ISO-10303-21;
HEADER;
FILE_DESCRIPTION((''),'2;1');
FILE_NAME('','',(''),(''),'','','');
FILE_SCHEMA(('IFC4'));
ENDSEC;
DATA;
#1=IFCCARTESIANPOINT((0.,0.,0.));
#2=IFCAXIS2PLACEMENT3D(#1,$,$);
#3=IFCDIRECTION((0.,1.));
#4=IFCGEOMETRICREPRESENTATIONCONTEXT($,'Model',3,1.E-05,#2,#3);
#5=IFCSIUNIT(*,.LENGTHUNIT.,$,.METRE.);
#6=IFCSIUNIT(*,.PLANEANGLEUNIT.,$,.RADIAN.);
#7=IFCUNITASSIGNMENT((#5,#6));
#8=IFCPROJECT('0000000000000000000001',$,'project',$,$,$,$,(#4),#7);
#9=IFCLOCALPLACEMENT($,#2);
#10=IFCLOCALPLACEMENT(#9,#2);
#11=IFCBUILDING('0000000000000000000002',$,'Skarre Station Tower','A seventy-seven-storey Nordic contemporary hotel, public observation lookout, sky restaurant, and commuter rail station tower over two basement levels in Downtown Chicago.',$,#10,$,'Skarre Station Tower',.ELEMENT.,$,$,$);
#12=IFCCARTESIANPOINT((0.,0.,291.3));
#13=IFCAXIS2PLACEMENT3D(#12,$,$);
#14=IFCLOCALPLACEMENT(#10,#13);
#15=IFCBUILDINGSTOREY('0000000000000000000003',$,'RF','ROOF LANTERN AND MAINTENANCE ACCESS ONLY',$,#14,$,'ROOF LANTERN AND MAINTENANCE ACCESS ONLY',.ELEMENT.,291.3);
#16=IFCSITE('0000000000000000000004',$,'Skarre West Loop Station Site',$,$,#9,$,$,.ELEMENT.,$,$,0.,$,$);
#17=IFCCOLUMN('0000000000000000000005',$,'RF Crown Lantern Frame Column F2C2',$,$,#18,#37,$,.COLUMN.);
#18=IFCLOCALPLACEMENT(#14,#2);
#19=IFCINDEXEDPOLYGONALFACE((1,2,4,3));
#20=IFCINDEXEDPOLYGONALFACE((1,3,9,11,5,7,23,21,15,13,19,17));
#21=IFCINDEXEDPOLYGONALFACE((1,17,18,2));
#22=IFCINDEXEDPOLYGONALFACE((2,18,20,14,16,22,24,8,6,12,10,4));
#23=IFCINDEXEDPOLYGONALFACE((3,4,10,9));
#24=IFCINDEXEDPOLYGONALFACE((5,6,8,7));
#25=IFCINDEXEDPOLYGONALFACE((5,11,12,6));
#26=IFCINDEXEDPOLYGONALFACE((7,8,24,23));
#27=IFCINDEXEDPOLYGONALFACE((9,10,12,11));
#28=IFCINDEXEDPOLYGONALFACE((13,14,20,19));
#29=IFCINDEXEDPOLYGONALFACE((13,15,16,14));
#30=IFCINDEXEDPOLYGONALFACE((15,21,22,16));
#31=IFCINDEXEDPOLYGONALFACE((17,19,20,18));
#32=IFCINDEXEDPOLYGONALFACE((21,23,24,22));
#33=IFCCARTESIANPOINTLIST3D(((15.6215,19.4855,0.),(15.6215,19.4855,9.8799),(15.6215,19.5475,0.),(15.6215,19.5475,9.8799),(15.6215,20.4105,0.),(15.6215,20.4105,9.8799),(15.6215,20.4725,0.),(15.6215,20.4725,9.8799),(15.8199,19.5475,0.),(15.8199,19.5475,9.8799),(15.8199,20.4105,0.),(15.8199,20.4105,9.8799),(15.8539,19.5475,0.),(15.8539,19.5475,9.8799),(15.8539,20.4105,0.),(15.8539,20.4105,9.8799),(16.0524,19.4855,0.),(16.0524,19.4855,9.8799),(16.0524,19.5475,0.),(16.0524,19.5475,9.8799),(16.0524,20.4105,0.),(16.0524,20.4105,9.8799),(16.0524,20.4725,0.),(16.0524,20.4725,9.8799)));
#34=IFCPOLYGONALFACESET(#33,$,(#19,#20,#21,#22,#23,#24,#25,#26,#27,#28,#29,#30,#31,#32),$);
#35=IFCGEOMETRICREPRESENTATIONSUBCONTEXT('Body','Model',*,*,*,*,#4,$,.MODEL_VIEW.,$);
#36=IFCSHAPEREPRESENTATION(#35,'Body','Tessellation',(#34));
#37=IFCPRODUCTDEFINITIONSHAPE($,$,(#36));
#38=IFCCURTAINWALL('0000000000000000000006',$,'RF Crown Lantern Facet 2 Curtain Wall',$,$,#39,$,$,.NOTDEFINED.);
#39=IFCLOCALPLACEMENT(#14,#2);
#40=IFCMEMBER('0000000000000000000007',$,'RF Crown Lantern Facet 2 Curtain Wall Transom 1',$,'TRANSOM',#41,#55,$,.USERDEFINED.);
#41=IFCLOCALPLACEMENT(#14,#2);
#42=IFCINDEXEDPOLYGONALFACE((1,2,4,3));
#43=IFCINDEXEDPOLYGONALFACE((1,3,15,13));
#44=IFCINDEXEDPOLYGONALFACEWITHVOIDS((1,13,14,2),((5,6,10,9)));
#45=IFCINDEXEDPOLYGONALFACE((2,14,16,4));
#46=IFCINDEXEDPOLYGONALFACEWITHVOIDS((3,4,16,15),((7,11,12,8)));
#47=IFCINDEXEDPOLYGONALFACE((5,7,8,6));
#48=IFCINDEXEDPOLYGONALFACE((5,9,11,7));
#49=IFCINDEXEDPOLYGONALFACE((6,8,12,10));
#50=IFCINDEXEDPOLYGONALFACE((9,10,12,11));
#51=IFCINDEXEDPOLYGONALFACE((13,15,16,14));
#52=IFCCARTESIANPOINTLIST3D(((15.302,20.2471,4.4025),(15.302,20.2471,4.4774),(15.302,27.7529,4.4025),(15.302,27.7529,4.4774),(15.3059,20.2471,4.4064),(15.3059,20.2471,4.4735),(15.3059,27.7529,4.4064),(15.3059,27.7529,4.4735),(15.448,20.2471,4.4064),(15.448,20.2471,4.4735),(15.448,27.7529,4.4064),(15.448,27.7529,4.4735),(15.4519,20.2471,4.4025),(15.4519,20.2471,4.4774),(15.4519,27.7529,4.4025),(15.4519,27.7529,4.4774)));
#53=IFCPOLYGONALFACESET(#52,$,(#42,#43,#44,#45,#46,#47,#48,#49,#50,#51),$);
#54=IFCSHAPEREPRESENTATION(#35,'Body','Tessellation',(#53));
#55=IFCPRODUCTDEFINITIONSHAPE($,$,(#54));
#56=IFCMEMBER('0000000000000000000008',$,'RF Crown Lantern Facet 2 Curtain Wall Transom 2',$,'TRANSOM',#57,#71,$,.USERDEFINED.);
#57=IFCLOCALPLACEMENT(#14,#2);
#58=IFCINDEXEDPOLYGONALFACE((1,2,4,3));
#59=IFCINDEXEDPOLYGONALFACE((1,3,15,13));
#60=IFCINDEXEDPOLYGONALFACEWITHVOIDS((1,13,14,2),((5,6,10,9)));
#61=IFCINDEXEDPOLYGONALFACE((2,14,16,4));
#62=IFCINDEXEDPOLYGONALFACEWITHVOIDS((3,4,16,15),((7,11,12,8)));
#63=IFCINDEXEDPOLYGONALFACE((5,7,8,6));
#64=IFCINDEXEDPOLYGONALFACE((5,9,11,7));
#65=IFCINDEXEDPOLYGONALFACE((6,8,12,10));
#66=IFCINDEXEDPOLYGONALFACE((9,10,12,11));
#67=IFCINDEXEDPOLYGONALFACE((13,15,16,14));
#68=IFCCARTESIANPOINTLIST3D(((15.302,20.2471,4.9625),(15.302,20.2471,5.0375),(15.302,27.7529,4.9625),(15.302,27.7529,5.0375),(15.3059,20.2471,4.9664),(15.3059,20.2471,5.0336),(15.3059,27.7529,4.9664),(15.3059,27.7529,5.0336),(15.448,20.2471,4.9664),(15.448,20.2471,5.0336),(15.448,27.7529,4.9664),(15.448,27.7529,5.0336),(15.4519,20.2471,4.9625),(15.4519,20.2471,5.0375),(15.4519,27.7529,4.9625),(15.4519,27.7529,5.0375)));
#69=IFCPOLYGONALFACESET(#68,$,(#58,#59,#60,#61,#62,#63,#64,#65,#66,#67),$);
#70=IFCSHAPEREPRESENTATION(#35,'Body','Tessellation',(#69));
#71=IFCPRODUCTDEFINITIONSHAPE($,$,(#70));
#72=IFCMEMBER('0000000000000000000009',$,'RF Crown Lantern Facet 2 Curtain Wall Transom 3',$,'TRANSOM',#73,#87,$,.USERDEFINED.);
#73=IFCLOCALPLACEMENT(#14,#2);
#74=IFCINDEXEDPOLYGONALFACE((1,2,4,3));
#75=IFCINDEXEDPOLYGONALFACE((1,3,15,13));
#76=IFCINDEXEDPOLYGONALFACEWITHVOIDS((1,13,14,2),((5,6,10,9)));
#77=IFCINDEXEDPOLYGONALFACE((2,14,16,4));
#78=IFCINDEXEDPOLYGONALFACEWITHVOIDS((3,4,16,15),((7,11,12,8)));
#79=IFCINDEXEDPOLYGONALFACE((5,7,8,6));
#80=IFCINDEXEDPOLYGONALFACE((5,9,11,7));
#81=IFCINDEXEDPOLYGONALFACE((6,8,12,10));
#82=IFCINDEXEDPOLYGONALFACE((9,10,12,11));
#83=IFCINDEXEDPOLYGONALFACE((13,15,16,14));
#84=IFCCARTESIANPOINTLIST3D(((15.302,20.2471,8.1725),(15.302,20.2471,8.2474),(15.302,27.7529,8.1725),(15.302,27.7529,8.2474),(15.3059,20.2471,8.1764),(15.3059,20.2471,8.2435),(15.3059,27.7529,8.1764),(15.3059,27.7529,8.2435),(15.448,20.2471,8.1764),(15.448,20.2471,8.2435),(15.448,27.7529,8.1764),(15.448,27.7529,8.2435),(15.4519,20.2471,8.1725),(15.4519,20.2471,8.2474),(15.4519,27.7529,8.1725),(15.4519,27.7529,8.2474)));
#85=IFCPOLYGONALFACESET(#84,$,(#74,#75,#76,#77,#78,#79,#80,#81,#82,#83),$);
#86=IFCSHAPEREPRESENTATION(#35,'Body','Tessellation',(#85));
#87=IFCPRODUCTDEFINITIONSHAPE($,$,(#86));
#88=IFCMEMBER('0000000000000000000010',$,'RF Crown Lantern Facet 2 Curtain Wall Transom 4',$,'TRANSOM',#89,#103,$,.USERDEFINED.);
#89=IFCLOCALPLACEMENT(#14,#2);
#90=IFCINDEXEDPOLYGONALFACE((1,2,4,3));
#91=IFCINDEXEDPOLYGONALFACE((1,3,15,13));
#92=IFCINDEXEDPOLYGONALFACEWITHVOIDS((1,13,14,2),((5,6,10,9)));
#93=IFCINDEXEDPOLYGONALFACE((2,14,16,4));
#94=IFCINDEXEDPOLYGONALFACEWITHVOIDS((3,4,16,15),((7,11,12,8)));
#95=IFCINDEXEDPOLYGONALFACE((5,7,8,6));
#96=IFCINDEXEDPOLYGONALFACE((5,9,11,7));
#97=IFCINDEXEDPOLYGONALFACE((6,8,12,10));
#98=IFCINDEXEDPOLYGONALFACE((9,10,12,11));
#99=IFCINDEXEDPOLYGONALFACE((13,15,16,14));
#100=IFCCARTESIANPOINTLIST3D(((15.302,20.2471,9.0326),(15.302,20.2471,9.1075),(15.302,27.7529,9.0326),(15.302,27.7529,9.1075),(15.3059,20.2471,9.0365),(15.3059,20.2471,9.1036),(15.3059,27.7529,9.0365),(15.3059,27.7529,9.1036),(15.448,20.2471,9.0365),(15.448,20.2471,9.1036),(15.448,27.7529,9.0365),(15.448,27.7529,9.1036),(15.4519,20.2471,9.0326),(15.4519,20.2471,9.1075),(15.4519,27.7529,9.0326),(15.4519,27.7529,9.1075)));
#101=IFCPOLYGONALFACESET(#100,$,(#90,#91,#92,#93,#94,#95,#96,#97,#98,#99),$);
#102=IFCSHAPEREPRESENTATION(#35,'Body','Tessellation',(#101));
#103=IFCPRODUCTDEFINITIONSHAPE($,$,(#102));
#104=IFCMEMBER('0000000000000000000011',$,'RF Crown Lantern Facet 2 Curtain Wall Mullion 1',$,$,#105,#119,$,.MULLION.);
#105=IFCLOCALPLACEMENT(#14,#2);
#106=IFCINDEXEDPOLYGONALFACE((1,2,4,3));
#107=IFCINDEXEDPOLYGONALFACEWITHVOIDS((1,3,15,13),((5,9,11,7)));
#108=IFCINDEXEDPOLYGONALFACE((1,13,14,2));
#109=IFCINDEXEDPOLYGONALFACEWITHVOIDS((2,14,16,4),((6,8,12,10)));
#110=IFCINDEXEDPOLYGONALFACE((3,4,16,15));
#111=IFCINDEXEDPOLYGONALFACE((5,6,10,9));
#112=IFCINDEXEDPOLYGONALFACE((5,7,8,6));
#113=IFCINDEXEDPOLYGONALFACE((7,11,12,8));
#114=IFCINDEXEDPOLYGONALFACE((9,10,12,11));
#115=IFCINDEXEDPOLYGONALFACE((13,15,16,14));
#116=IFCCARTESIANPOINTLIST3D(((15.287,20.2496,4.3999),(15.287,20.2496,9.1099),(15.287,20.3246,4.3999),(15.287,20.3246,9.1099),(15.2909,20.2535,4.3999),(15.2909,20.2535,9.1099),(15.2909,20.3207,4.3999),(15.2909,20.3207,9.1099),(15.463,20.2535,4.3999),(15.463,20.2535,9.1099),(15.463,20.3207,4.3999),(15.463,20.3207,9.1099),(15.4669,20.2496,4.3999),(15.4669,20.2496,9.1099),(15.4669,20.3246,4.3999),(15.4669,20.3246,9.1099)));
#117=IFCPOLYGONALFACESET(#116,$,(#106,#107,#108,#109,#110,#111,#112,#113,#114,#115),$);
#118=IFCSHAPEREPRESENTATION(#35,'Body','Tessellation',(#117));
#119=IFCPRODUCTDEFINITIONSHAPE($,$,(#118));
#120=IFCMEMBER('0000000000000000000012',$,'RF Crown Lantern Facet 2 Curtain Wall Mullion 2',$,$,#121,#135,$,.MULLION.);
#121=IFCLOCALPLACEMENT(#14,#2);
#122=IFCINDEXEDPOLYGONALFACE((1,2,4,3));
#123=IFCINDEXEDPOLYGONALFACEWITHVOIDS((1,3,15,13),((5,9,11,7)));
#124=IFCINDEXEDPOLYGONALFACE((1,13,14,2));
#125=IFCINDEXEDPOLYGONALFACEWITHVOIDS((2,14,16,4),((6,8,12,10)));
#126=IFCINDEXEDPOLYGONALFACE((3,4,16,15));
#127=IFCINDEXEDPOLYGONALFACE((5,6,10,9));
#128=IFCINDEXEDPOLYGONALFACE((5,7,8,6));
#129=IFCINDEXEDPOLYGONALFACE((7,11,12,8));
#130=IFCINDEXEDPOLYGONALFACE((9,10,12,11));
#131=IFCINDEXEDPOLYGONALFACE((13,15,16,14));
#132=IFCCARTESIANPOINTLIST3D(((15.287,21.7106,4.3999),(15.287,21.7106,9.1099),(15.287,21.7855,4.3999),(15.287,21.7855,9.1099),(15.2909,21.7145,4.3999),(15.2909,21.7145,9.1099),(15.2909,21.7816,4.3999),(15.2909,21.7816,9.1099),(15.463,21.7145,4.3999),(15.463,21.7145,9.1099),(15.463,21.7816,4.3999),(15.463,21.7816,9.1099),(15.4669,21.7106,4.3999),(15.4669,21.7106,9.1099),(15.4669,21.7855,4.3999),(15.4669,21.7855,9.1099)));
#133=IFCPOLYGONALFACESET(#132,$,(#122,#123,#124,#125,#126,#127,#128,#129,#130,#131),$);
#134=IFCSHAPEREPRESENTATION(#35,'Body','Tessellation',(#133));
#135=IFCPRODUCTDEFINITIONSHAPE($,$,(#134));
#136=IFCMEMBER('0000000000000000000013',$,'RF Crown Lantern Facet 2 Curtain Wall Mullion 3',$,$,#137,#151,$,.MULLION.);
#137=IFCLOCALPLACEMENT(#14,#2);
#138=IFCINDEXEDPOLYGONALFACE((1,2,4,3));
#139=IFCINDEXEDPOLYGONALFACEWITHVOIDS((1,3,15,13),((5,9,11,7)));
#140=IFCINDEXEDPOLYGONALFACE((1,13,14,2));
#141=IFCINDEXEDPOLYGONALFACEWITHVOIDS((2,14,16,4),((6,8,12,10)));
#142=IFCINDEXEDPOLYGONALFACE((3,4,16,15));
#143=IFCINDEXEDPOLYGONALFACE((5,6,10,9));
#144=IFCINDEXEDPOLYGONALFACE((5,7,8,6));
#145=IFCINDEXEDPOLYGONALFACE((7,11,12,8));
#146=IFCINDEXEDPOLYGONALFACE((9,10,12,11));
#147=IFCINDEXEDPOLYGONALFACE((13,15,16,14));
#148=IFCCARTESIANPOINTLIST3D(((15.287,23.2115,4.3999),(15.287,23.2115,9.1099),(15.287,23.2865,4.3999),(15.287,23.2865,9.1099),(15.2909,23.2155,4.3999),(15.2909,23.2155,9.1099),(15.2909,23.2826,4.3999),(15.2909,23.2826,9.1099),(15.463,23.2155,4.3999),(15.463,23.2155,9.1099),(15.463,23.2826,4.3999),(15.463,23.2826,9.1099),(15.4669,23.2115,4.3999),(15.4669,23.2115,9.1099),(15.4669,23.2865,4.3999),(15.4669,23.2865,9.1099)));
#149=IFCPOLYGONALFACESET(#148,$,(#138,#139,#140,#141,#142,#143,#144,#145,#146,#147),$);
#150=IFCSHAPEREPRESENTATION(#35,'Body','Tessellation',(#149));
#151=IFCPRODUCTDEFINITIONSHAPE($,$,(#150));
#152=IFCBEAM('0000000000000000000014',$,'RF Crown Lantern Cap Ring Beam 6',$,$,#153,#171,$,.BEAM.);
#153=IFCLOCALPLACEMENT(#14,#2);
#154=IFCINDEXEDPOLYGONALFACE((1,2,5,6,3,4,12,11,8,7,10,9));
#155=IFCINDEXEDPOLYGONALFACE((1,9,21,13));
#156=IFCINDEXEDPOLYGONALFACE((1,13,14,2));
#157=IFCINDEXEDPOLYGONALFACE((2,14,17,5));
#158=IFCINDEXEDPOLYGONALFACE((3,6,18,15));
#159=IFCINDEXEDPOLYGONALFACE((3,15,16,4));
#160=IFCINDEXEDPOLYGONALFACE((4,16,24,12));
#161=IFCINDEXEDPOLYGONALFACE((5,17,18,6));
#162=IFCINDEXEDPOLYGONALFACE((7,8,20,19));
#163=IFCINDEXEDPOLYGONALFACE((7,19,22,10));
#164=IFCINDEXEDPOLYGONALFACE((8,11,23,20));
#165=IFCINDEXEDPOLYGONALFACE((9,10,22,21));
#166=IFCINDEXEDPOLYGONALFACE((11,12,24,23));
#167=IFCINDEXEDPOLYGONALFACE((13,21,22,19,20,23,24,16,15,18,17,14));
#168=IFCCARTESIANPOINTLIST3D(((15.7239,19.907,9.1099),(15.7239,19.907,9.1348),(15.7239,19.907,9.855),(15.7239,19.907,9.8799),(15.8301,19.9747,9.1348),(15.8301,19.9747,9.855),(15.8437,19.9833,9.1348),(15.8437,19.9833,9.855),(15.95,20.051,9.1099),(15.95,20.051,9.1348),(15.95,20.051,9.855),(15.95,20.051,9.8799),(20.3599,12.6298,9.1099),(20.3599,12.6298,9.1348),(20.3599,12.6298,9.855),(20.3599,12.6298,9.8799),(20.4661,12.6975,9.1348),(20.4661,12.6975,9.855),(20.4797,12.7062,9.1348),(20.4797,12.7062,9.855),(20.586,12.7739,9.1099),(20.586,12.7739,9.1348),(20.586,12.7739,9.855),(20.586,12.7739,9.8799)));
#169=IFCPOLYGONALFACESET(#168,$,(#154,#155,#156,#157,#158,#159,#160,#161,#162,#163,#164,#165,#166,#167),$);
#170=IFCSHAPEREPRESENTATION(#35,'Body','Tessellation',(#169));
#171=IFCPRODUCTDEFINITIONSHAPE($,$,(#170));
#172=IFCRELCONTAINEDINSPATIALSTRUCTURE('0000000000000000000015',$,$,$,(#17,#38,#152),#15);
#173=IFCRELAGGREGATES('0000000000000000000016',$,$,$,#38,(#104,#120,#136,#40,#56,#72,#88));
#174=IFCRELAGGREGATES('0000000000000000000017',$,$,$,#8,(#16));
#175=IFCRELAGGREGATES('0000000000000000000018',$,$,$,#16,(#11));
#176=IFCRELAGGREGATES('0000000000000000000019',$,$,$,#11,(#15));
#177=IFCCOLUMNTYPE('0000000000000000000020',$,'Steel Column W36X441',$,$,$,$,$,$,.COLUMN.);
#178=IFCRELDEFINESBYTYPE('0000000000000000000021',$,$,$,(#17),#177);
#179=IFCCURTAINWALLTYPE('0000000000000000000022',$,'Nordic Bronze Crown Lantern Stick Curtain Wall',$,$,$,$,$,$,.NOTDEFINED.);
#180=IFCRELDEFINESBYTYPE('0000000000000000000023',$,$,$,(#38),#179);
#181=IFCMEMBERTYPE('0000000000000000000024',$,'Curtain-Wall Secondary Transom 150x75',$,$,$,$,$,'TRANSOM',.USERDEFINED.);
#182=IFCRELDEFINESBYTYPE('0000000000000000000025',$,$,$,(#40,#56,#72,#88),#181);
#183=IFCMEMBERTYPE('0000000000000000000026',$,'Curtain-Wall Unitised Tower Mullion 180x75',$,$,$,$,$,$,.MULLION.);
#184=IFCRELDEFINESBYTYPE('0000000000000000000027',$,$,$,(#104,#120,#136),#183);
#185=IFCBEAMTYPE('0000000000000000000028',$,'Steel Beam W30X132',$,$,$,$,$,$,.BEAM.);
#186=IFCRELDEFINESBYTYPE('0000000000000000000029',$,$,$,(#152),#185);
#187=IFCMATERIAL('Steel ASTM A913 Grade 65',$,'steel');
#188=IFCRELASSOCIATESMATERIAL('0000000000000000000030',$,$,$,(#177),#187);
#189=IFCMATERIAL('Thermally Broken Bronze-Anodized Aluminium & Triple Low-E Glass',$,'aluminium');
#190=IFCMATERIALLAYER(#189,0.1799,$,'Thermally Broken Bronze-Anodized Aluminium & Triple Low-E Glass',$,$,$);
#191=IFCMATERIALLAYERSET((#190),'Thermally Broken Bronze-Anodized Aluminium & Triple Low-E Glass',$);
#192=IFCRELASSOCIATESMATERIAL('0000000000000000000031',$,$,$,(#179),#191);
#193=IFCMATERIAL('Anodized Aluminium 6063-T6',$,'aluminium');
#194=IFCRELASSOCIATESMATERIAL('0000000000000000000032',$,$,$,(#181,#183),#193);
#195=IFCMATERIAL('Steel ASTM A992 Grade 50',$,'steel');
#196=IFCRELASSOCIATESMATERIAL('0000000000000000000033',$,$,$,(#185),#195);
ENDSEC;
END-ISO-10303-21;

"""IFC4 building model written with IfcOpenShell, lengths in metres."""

from ifc_helpers import new_model, si_unit, direction, frame, origin, origin_2d, place, context, subcontext, project, spatial, hollow_rectangle, i_section, extrude, material, layer, layer_set, material_profile, profile_set, type_object, element, aggregate, save


model = new_model("IFC4")

# Units and contexts
model_context = context("Model", 3, precision=1e-05, world=origin(), true_north=direction((0.0, 1.0)))
body_context = subcontext(model_context, "Body", "Model", "MODEL_VIEW")
ifc_project = project(units=[si_unit("LENGTHUNIT", "METRE"), si_unit("PLANEANGLEUNIT", "RADIAN")], contexts=[model_context])

# Site, building, storey
site_placement = place(None, origin())
site = spatial("IfcSite", under=ifc_project, at=site_placement, Name="Skarre West Loop Station Site", CompositionType="ELEMENT", RefElevation=0.0)
building_placement = place(site_placement, origin())
building = spatial("IfcBuilding", under=site, at=building_placement, Name="Skarre Station Tower", Description="A seventy-seven-storey Nordic contemporary hotel, public observation lookout, sky restaurant, and commuter rail station tower over two basement levels in Downtown Chicago.", LongName="Skarre Station Tower", CompositionType="ELEMENT")
storey_placement = place(building_placement, frame((0.0, 0.0, 291.3)))
storey = spatial("IfcBuildingStorey", under=building, at=storey_placement, Name="RF", Description="ROOF LANTERN AND MAINTENANCE ACCESS ONLY", LongName="ROOF LANTERN AND MAINTENANCE ACCESS ONLY", CompositionType="ELEMENT", Elevation=291.3)

# Column
ifc_material_1 = material(Name="Steel ASTM A913 Grade 65", Category="steel")
ifc_material_profile_1 = material_profile(ifc_material_1, i_section(OverallWidth=0.4309, OverallDepth=0.9871, WebThickness=0.0339, FlangeThickness=0.062, at=origin_2d()), Name="Steel ASTM A913 Grade 65")
ifc_profile_set_1 = profile_set([ifc_material_profile_1], Name="Steel ASTM A913 Grade 65")
column_type = type_object("IfcColumnType", Name="Steel Column W36X441", PredefinedType="COLUMN", material=ifc_profile_set_1)
column_placement = place(storey_placement, frame((15.8369, 19.979, 0.0), z_axis=(0.0, 0.0, 1.0), x_axis=(-1.0, 0.0, 0.0)))
element("IfcColumn", 1, at=column_placement, inside=storey, type_object=column_type, Name="RF Crown Lantern Frame Column F2C2", PredefinedType="COLUMN", context=body_context, shape_type="SweptSolid", body=[
    extrude(i_section(OverallWidth=0.4309, OverallDepth=0.9871, WebThickness=0.0339, FlangeThickness=0.062, at=origin_2d()), origin(), (0.0, 0.0, 1.0), 9.8799),
])

# Curtain wall, members
ifc_material_2 = material(Name="Thermally Broken Bronze-Anodized Aluminium & Triple Low-E Glass", Category="aluminium")
ifc_layer_1 = layer(ifc_material_2, 0.1799, Name="Thermally Broken Bronze-Anodized Aluminium & Triple Low-E Glass")
ifc_layer_set_1 = layer_set([ifc_layer_1], Name="Thermally Broken Bronze-Anodized Aluminium & Triple Low-E Glass")
curtain_wall_type = type_object("IfcCurtainWallType", Name="Nordic Bronze Crown Lantern Stick Curtain Wall", PredefinedType="NOTDEFINED", material=ifc_layer_set_1)
curtain_wall_placement = place(storey_placement, origin())
curtain_wall = element("IfcCurtainWall", 2, at=curtain_wall_placement, inside=storey, type_object=curtain_wall_type, Name="RF Crown Lantern Facet 2 Curtain Wall", PredefinedType="NOTDEFINED")
ifc_material_3 = material(Name="Anodized Aluminium 6063-T6", Category="aluminium")
ifc_material_profile_2 = material_profile(ifc_material_3, hollow_rectangle(XDim=0.075, YDim=0.1499, WallThickness=0.0039, at=origin_2d()), Name="Anodized Aluminium 6063-T6")
ifc_profile_set_2 = profile_set([ifc_material_profile_2], Name="Anodized Aluminium 6063-T6")
member_type_1 = type_object("IfcMemberType", Name="Curtain-Wall Secondary Transom 150x75", ElementType="TRANSOM", PredefinedType="USERDEFINED", material=ifc_profile_set_2)
member_1_placement = place(storey_placement, frame((15.377, 20.2471, 4.4399), z_axis=(0.0, 1.0, 0.0), x_axis=(0.0, 0.0, 1.0)))
member_1 = element("IfcMember", 3, at=member_1_placement, type_object=member_type_1, Name="RF Crown Lantern Facet 2 Curtain Wall Transom 1", ObjectType="TRANSOM", PredefinedType="USERDEFINED", context=body_context, shape_type="SweptSolid", body=[
    extrude(hollow_rectangle(XDim=0.075, YDim=0.1499, WallThickness=0.0039, at=origin_2d()), origin(), (0.0, 0.0, 1.0), 7.5059),
])
member_2_placement = place(storey_placement, frame((15.377, 20.2471, 5.0), z_axis=(0.0, 1.0, 0.0), x_axis=(0.0, 0.0, 1.0)))
member_2 = element("IfcMember", 4, at=member_2_placement, type_object=member_type_1, Name="RF Crown Lantern Facet 2 Curtain Wall Transom 2", ObjectType="TRANSOM", PredefinedType="USERDEFINED", context=body_context, shape_type="SweptSolid", body=[
    extrude(hollow_rectangle(XDim=0.075, YDim=0.1499, WallThickness=0.0039, at=origin_2d()), origin(), (0.0, 0.0, 1.0), 7.5059),
])
member_3_placement = place(storey_placement, frame((15.377, 20.2471, 8.21), z_axis=(0.0, 1.0, 0.0), x_axis=(0.0, 0.0, 1.0)))
member_3 = element("IfcMember", 5, at=member_3_placement, type_object=member_type_1, Name="RF Crown Lantern Facet 2 Curtain Wall Transom 3", ObjectType="TRANSOM", PredefinedType="USERDEFINED", context=body_context, shape_type="SweptSolid", body=[
    extrude(hollow_rectangle(XDim=0.075, YDim=0.1499, WallThickness=0.0039, at=origin_2d()), origin(), (0.0, 0.0, 1.0), 7.5059),
])
member_4_placement = place(storey_placement, frame((15.377, 20.2471, 9.0701), z_axis=(0.0, 1.0, 0.0), x_axis=(0.0, 0.0, 1.0)))
member_4 = element("IfcMember", 6, at=member_4_placement, type_object=member_type_1, Name="RF Crown Lantern Facet 2 Curtain Wall Transom 4", ObjectType="TRANSOM", PredefinedType="USERDEFINED", context=body_context, shape_type="SweptSolid", body=[
    extrude(hollow_rectangle(XDim=0.075, YDim=0.1499, WallThickness=0.0039, at=origin_2d()), origin(), (0.0, 0.0, 1.0), 7.5059),
])
ifc_material_profile_3 = material_profile(ifc_material_3, hollow_rectangle(XDim=0.075, YDim=0.1799, WallThickness=0.0039, at=origin_2d()), Name="Anodized Aluminium 6063-T6")
ifc_profile_set_3 = profile_set([ifc_material_profile_3], Name="Anodized Aluminium 6063-T6")
member_type_2 = type_object("IfcMemberType", Name="Curtain-Wall Unitised Tower Mullion 180x75", PredefinedType="MULLION", material=ifc_profile_set_3)
member_5_placement = place(storey_placement, frame((15.377, 20.2871, 4.3999), z_axis=(0.0, 0.0, 1.0), x_axis=(0.0, 1.0, 0.0)))
member_5 = element("IfcMember", 7, at=member_5_placement, type_object=member_type_2, Name="RF Crown Lantern Facet 2 Curtain Wall Mullion 1", PredefinedType="MULLION", context=body_context, shape_type="SweptSolid", body=[
    extrude(hollow_rectangle(XDim=0.075, YDim=0.1799, WallThickness=0.0039, at=origin_2d()), origin(), (0.0, 0.0, 1.0), 4.71),
])
member_6_placement = place(storey_placement, frame((15.377, 21.748, 4.3999), z_axis=(0.0, 0.0, 1.0), x_axis=(0.0, 1.0, 0.0)))
member_6 = element("IfcMember", 8, at=member_6_placement, type_object=member_type_2, Name="RF Crown Lantern Facet 2 Curtain Wall Mullion 2", PredefinedType="MULLION", context=body_context, shape_type="SweptSolid", body=[
    extrude(hollow_rectangle(XDim=0.075, YDim=0.1799, WallThickness=0.0039, at=origin_2d()), origin(), (0.0, 0.0, 1.0), 4.71),
])
member_7_placement = place(storey_placement, frame((15.377, 23.249, 4.3999), z_axis=(0.0, 0.0, 1.0), x_axis=(0.0, 1.0, 0.0)))
member_7 = element("IfcMember", 9, at=member_7_placement, type_object=member_type_2, Name="RF Crown Lantern Facet 2 Curtain Wall Mullion 3", PredefinedType="MULLION", context=body_context, shape_type="SweptSolid", body=[
    extrude(hollow_rectangle(XDim=0.075, YDim=0.1799, WallThickness=0.0039, at=origin_2d()), origin(), (0.0, 0.0, 1.0), 4.71),
])

# Beam
ifc_material_4 = material(Name="Steel ASTM A992 Grade 50", Category="steel")
ifc_material_profile_4 = material_profile(ifc_material_4, i_section(OverallWidth=0.2681, OverallDepth=0.77, WebThickness=0.0161, FlangeThickness=0.0249, at=origin_2d()), Name="Steel ASTM A992 Grade 50")
ifc_profile_set_4 = profile_set([ifc_material_profile_4], Name="Steel ASTM A992 Grade 50")
beam_type = type_object("IfcBeamType", Name="Steel Beam W30X132", PredefinedType="BEAM", material=ifc_profile_set_4)
beam_placement = place(storey_placement, frame((15.8369, 19.979, 9.4949), z_axis=(0.537297, -0.843393, 0.0), x_axis=(0.843393, 0.537297, 0.0)))
element("IfcBeam", 10, at=beam_placement, inside=storey, type_object=beam_type, Name="RF Crown Lantern Cap Ring Beam 6", PredefinedType="BEAM", context=body_context, shape_type="SweptSolid", body=[
    extrude(i_section(OverallWidth=0.2681, OverallDepth=0.77, WebThickness=0.0161, FlangeThickness=0.0249, at=origin_2d()), origin(), (0.0, 0.0, 1.0), 8.6284),
])

aggregate(curtain_wall, [member_5, member_6, member_7, member_1, member_2, member_3, member_4])

save(model, "model.ifc")
